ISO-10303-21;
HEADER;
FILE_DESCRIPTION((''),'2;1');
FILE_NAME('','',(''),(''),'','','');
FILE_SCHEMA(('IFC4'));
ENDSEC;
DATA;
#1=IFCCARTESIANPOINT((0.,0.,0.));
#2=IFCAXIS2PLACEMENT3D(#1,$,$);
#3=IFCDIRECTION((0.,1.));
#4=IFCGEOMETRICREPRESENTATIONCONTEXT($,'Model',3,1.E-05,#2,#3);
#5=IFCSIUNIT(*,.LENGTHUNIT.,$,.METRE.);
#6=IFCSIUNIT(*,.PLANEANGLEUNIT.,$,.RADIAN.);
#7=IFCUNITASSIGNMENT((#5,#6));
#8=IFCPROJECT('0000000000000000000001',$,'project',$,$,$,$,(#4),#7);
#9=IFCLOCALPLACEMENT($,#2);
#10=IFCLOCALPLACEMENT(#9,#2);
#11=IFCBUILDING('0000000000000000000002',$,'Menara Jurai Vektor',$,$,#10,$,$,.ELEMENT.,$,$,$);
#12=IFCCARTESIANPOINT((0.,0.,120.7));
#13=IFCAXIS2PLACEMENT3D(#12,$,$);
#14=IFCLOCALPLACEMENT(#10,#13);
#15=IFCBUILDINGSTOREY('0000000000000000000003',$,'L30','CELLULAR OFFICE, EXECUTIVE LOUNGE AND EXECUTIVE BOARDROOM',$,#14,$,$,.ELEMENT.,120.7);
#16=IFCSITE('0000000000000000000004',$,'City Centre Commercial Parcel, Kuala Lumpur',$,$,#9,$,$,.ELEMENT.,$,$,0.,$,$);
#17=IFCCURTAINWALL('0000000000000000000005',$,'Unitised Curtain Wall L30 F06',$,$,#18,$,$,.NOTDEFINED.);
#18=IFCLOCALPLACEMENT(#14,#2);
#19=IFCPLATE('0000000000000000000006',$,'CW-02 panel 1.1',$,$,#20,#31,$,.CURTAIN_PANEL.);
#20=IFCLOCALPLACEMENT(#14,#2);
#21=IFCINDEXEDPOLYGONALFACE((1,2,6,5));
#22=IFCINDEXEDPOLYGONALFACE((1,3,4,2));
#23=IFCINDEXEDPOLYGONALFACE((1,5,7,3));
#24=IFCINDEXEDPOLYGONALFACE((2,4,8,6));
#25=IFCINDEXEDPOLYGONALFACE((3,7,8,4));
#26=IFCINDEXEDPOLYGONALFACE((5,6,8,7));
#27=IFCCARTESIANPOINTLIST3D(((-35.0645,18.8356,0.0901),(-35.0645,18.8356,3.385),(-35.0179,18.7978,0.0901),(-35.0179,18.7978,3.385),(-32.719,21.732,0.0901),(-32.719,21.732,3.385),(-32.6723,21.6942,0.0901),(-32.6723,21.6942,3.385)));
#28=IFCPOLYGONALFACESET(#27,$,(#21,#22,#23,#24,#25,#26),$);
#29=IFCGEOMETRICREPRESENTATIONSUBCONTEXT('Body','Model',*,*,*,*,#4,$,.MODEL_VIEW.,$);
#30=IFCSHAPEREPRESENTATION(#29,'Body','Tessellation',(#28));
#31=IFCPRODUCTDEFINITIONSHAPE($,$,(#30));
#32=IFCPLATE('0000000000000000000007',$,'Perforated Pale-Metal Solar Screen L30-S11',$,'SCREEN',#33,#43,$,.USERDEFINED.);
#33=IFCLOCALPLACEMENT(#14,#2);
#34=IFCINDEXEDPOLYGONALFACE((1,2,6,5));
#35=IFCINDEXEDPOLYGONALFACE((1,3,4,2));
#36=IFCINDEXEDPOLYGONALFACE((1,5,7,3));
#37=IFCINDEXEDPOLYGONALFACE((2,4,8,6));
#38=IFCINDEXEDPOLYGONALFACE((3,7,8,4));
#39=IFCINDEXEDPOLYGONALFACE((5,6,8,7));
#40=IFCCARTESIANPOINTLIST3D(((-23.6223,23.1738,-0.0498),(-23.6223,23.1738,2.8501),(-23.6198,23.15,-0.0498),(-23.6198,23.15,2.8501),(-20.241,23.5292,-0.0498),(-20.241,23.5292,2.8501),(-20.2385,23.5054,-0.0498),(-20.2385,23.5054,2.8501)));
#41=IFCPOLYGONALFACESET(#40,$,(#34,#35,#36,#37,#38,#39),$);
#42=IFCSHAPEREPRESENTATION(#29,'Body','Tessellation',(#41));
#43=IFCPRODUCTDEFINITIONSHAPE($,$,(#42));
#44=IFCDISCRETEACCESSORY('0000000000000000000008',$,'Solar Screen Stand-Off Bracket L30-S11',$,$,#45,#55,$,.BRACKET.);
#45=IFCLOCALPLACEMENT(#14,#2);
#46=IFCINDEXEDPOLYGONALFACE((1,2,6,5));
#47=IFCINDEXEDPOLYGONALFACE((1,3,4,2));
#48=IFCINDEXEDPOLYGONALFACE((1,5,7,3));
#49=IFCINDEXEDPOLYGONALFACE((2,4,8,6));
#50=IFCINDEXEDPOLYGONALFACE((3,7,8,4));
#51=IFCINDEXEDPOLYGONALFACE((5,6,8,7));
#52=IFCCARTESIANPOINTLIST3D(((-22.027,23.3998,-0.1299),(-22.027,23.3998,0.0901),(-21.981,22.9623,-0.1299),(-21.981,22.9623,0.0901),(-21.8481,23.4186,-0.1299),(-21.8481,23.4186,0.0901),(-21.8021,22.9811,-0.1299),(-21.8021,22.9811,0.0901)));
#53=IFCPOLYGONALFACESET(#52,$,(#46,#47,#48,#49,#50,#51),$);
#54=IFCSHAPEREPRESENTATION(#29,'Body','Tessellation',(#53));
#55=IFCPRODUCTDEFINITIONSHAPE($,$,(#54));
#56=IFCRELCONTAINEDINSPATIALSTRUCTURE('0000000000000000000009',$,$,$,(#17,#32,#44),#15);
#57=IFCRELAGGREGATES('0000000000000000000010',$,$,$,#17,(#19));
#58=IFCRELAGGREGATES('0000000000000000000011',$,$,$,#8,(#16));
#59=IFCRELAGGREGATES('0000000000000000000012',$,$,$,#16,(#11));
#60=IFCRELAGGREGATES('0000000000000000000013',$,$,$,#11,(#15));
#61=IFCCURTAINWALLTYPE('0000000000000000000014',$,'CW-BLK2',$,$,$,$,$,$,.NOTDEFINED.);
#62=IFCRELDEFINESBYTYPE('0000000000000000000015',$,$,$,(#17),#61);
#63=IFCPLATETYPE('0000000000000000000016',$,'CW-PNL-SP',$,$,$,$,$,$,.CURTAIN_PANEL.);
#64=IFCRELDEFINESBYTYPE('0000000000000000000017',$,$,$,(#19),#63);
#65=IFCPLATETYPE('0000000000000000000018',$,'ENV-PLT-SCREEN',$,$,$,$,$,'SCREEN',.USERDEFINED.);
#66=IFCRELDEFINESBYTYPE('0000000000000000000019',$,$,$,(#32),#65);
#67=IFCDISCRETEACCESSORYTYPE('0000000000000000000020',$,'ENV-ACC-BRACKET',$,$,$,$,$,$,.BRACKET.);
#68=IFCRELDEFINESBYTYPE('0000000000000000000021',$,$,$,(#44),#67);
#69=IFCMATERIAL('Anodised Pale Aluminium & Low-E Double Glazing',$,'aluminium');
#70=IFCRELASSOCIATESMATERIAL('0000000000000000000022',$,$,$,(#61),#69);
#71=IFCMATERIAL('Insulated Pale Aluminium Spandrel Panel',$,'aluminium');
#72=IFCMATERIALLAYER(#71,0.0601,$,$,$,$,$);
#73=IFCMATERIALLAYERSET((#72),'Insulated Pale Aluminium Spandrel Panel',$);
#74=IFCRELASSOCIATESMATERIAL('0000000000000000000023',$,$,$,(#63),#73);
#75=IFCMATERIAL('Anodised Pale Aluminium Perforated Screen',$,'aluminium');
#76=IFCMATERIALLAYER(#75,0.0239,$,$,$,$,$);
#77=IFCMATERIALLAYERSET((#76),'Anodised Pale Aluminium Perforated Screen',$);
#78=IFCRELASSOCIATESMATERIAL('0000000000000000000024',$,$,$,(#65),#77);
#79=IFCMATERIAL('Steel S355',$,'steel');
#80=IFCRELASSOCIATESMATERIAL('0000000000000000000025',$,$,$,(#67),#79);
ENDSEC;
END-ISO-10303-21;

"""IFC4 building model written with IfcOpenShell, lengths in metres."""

from ifc_helpers import new_model, si_unit, direction, frame, origin, origin_2d, place, context, subcontext, project, spatial, rectangle, extrude, material, layer, layer_set, type_object, element, aggregate, save


model = new_model("IFC4")

# Units and contexts
model_context = context("Model", 3, precision=1e-05, world=origin(), true_north=direction((0.0, 1.0)))
body_context = subcontext(model_context, "Body", "Model", "MODEL_VIEW")
ifc_project = project(units=[si_unit("LENGTHUNIT", "METRE"), si_unit("PLANEANGLEUNIT", "RADIAN")], contexts=[model_context])

# Site, building, storey
site_placement = place(None, origin())
site = spatial("IfcSite", under=ifc_project, at=site_placement, Name="City Centre Commercial Parcel, Kuala Lumpur", CompositionType="ELEMENT", RefElevation=0.0)
building_placement = place(site_placement, origin())
building = spatial("IfcBuilding", under=site, at=building_placement, Name="Menara Jurai Vektor", CompositionType="ELEMENT")
storey_placement = place(building_placement, frame((0.0, 0.0, 120.7)))
storey = spatial("IfcBuildingStorey", under=building, at=storey_placement, Name="L30", Description="CELLULAR OFFICE, EXECUTIVE LOUNGE AND EXECUTIVE BOARDROOM", CompositionType="ELEMENT", Elevation=120.7)

# Curtain wall
ifc_material_1 = material(Name="Anodised Pale Aluminium & Low-E Double Glazing", Category="aluminium")
curtain_wall_type = type_object("IfcCurtainWallType", Name="CW-BLK2", PredefinedType="NOTDEFINED", material=ifc_material_1)
curtain_wall_1_placement = place(storey_placement, origin())
curtain_wall_1 = element("IfcCurtainWall", 1, at=curtain_wall_1_placement, inside=storey, type_object=curtain_wall_type, Name="Unitised Curtain Wall L30 F06", PredefinedType="NOTDEFINED")

# Shared definitions
ifc_material_2 = material(Name="Steel S355", Category="steel")

# Plates
ifc_material_3 = material(Name="Insulated Pale Aluminium Spandrel Panel", Category="aluminium")
ifc_layer_1 = layer(ifc_material_3, 0.0601)
ifc_layer_set_1 = layer_set([ifc_layer_1], Name="Insulated Pale Aluminium Spandrel Panel")
plate_type_1 = type_object("IfcPlateType", Name="CW-PNL-SP", PredefinedType="CURTAIN_PANEL", material=ifc_layer_set_1)
plate_1_placement = place(storey_placement, frame((-33.8684, 20.2649, 0.0901), z_axis=(0.0, 0.0, 1.0), x_axis=(-0.629341, -0.777129, 0.0)))
plate_1 = element("IfcPlate", 2, at=plate_1_placement, type_object=plate_type_1, Name="CW-02 panel 1.1", PredefinedType="CURTAIN_PANEL", context=body_context, shape_type="SweptSolid", body=[
    extrude(rectangle(XDim=3.7271, YDim=0.0601, at=origin_2d()), origin(), (0.0, 0.0, 1.0), 3.2949),
])
aggregate(curtain_wall_1, [plate_1])
ifc_material_4 = material(Name="Anodised Pale Aluminium Perforated Screen", Category="aluminium")
ifc_layer_2 = layer(ifc_material_4, 0.0239)
ifc_layer_set_2 = layer_set([ifc_layer_2], Name="Anodised Pale Aluminium Perforated Screen")
plate_type_2 = type_object("IfcPlateType", Name="ENV-PLT-SCREEN", ElementType="SCREEN", PredefinedType="USERDEFINED", material=ifc_layer_set_2)
plate_2_placement = place(storey_placement, frame((-21.9304, 23.3396, -0.0498), z_axis=(0.0, 0.0, 1.0), x_axis=(-0.994522, -0.104528, 0.0)))
element("IfcPlate", 3, at=plate_2_placement, inside=storey, type_object=plate_type_2, Name="Perforated Pale-Metal Solar Screen L30-S11", ObjectType="SCREEN", PredefinedType="USERDEFINED", context=body_context, shape_type="SweptSolid", body=[
    extrude(rectangle(XDim=3.3999, YDim=0.0239, at=origin_2d()), origin(), (0.0, 0.0, 1.0), 2.8999),
])

# Discrete accessory
discrete_accessory_type = type_object("IfcDiscreteAccessoryType", Name="ENV-ACC-BRACKET", PredefinedType="BRACKET", material=ifc_material_2)
discrete_accessory_placement = place(storey_placement, frame((-21.9146, 23.1904, -0.1299), z_axis=(0.0, 0.0, 1.0), x_axis=(-0.994522, -0.104528, 0.0)))
element("IfcDiscreteAccessory", 4, at=discrete_accessory_placement, inside=storey, type_object=discrete_accessory_type, Name="Solar Screen Stand-Off Bracket L30-S11", PredefinedType="BRACKET", context=body_context, shape_type="SweptSolid", body=[
    extrude(rectangle(XDim=0.1799, YDim=0.4399, at=origin_2d()), origin(), (0.0, 0.0, 1.0), 0.22),
])

save(model, "model.ifc")
